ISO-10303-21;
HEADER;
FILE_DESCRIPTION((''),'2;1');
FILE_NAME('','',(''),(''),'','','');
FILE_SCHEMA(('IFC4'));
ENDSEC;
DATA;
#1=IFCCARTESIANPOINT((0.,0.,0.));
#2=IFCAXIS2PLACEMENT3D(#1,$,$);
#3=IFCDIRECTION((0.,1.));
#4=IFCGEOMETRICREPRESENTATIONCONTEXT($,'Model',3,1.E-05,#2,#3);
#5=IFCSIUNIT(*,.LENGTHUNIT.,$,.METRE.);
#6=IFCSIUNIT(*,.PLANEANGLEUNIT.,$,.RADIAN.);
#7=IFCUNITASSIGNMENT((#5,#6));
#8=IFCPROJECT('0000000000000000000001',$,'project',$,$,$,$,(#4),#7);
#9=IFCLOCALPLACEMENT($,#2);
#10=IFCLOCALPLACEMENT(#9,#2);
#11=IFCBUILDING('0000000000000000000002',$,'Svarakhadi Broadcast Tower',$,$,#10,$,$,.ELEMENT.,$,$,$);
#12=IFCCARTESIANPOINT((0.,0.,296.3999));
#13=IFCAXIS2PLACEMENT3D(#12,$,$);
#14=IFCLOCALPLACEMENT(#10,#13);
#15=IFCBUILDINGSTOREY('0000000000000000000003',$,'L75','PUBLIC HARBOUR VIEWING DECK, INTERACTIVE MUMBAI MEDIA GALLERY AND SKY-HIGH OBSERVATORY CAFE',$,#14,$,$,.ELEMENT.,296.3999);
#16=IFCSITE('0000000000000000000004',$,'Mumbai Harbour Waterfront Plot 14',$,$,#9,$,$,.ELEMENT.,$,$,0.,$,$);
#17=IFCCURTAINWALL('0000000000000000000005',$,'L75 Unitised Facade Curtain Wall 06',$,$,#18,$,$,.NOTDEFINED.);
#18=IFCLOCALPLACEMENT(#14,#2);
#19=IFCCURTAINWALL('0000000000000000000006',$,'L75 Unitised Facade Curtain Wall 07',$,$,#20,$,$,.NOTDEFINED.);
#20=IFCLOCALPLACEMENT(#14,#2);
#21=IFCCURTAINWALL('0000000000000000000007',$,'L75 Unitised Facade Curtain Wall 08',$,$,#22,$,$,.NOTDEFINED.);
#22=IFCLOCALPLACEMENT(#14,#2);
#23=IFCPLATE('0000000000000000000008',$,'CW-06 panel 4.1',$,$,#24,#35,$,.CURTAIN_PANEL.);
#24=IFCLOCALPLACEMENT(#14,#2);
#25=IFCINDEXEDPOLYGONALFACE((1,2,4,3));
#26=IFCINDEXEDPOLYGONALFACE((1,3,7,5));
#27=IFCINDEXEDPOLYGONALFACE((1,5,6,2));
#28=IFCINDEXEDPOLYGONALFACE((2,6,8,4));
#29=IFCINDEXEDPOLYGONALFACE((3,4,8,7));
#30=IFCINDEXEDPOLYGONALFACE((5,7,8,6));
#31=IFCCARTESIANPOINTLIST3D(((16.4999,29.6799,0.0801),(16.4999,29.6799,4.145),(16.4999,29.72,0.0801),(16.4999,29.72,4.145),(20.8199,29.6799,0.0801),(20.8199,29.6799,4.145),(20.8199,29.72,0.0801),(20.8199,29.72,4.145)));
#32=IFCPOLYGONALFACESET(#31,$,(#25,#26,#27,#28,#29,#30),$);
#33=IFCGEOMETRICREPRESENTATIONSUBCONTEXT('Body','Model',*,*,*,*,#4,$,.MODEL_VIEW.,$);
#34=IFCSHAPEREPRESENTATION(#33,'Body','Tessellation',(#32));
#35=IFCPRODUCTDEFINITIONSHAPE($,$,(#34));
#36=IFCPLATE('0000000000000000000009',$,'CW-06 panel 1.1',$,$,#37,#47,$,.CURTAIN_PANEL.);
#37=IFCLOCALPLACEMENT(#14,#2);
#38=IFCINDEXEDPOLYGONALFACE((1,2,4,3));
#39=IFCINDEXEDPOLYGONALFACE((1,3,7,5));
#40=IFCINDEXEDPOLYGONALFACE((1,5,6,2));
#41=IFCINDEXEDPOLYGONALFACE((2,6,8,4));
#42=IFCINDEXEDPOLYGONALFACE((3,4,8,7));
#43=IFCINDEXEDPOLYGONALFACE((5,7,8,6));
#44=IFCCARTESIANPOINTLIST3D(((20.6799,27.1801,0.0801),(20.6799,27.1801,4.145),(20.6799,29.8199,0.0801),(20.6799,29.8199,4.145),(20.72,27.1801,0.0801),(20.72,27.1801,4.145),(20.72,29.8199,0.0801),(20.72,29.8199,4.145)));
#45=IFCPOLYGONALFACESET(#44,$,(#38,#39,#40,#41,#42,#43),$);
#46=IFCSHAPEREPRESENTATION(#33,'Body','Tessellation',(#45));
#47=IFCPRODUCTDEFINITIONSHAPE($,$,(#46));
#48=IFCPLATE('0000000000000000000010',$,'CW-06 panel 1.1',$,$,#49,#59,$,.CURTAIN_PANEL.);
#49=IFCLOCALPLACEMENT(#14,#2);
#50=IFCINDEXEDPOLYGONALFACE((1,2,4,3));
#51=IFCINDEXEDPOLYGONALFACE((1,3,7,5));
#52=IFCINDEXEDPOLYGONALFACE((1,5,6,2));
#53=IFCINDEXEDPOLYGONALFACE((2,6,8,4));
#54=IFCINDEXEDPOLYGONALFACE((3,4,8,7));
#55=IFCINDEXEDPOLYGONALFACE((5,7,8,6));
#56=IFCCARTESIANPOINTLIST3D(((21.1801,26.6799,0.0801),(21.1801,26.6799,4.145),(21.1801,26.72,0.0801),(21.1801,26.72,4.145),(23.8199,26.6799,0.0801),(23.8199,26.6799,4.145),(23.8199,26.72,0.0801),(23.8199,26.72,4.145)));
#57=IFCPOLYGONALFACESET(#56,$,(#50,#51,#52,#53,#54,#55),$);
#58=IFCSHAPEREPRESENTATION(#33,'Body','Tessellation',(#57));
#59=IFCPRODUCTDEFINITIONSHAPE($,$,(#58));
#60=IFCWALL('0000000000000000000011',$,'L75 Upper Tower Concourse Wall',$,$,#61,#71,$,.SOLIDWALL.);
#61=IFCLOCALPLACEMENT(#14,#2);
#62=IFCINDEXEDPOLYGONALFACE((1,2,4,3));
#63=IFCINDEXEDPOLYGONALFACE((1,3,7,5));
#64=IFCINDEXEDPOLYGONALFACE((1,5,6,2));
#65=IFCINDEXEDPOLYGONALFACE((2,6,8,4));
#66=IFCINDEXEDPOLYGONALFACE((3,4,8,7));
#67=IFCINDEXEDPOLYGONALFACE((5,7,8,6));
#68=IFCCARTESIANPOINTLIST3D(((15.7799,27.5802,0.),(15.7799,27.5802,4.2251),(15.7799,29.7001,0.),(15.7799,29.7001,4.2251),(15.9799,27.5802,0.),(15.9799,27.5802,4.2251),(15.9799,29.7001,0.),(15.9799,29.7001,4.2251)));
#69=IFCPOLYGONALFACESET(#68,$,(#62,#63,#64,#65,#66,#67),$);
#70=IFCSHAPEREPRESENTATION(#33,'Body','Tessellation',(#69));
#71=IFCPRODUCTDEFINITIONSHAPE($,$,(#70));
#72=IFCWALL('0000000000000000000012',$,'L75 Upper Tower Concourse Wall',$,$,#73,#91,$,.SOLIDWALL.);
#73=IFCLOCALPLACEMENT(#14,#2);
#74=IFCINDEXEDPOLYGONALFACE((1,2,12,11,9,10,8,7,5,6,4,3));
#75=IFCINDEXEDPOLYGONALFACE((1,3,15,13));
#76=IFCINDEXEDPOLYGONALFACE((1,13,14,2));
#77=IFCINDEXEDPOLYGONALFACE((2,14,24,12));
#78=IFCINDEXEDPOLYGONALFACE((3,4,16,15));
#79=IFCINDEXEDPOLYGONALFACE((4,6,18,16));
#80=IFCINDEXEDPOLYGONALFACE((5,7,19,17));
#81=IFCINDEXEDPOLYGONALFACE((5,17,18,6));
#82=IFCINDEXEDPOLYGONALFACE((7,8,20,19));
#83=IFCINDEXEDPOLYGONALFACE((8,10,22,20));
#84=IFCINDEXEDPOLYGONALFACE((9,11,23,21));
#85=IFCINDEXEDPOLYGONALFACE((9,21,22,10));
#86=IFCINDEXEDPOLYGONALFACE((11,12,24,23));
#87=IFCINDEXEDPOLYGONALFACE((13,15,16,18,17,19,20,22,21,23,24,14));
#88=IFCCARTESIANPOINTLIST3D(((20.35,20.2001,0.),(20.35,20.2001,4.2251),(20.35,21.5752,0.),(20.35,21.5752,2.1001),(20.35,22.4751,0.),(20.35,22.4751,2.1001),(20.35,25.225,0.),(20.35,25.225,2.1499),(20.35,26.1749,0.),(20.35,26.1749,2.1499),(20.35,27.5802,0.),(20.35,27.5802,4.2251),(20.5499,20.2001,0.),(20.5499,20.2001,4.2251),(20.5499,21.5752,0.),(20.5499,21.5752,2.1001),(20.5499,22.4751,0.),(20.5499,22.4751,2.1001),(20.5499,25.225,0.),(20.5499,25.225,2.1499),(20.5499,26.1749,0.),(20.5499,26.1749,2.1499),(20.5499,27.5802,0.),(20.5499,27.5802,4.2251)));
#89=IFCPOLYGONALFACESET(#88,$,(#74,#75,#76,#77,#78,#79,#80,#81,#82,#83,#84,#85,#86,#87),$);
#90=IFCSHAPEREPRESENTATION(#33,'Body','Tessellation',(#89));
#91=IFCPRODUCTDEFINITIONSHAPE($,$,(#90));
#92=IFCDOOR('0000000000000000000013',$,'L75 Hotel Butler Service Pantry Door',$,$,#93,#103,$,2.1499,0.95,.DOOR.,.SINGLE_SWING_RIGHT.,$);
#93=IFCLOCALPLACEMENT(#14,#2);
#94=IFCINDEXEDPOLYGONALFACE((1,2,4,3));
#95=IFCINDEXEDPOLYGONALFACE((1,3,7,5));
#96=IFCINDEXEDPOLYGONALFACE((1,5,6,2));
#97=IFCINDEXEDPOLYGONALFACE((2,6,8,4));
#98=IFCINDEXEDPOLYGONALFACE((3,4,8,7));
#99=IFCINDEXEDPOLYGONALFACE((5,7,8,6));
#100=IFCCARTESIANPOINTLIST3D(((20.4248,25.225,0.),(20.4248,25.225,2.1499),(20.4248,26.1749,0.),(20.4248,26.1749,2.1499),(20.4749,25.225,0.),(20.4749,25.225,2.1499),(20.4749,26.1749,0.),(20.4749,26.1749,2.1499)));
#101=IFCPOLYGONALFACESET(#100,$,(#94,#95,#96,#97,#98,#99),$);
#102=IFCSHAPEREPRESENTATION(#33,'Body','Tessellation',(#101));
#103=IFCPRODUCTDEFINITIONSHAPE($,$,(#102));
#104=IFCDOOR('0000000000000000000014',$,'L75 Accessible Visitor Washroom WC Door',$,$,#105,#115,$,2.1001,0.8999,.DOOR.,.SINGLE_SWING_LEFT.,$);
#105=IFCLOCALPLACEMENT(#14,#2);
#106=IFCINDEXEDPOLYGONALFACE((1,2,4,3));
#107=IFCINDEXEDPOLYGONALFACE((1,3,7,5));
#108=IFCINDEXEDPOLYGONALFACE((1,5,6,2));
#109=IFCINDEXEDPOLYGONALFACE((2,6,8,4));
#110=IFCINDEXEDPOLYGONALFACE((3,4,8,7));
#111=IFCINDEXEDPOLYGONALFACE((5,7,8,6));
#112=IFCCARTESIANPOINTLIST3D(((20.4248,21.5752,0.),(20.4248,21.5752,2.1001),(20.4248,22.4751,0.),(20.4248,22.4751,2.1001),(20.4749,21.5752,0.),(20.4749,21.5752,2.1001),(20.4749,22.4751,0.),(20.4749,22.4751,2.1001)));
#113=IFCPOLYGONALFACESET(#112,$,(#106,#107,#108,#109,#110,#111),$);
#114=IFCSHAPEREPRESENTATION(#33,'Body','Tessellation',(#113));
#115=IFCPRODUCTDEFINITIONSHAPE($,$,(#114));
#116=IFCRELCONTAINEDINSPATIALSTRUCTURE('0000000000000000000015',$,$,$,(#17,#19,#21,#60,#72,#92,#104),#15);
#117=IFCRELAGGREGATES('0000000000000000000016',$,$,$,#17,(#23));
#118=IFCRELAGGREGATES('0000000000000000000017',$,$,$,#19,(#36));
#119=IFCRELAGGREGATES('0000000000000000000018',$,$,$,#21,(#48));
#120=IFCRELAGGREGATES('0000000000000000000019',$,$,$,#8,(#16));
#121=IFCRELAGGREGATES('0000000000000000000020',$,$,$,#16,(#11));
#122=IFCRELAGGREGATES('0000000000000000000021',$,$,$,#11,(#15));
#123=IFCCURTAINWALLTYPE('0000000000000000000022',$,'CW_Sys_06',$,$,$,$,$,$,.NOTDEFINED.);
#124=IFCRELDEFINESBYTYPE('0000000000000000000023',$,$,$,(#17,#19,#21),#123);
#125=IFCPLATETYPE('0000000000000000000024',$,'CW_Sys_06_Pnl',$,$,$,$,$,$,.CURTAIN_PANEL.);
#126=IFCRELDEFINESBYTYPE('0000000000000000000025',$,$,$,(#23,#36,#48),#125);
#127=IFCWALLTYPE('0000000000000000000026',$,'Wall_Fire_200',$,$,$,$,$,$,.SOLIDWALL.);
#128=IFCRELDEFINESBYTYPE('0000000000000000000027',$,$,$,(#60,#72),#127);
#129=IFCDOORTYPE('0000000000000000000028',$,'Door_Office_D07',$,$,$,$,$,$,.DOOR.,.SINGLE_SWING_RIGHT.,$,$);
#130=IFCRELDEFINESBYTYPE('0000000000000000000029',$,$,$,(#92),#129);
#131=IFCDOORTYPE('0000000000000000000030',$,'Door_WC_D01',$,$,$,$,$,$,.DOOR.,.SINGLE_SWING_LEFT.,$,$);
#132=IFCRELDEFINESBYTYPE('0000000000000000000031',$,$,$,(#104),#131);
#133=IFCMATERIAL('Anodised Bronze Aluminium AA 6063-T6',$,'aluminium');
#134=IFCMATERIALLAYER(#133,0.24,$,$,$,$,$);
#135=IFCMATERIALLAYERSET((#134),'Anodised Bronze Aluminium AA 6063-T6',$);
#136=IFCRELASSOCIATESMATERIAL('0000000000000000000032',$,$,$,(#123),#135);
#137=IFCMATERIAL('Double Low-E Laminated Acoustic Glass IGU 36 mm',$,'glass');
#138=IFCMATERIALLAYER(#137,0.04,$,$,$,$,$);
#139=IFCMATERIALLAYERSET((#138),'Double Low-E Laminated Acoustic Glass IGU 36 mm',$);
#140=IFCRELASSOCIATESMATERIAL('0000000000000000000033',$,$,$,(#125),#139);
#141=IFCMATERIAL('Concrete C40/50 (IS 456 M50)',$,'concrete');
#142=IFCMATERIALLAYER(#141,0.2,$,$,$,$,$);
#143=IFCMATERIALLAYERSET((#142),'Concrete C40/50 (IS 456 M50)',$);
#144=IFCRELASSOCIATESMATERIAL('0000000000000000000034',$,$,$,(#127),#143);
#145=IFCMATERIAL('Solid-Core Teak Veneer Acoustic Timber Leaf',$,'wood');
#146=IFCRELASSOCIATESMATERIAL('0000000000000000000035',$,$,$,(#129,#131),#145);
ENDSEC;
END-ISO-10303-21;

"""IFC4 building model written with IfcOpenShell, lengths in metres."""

from ifc_helpers import new_model, si_unit, direction, frame, frame_2d, origin, origin_2d, place, context, subcontext, project, spatial, rectangle, extrude, material, layer, layer_set, type_object, element, fill, aggregate, save


model = new_model("IFC4")

# Units and contexts
model_context = context("Model", 3, precision=1e-05, world=origin(), true_north=direction((0.0, 1.0)))
body_context = subcontext(model_context, "Body", "Model", "MODEL_VIEW")
ifc_project = project(units=[si_unit("LENGTHUNIT", "METRE"), si_unit("PLANEANGLEUNIT", "RADIAN")], contexts=[model_context])

# Site, building, storey
site_placement = place(None, origin())
site = spatial("IfcSite", under=ifc_project, at=site_placement, Name="Mumbai Harbour Waterfront Plot 14", CompositionType="ELEMENT", RefElevation=0.0)
building_placement = place(site_placement, origin())
building = spatial("IfcBuilding", under=site, at=building_placement, Name="Svarakhadi Broadcast Tower", CompositionType="ELEMENT")
storey_placement = place(building_placement, frame((0.0, 0.0, 296.3999)))
storey = spatial("IfcBuildingStorey", under=building, at=storey_placement, Name="L75", Description="PUBLIC HARBOUR VIEWING DECK, INTERACTIVE MUMBAI MEDIA GALLERY AND SKY-HIGH OBSERVATORY CAFE", CompositionType="ELEMENT", Elevation=296.3999)

# Curtain walls
ifc_material_1 = material(Name="Anodised Bronze Aluminium AA 6063-T6", Category="aluminium")
ifc_layer_1 = layer(ifc_material_1, 0.24)
ifc_layer_set_1 = layer_set([ifc_layer_1], Name="Anodised Bronze Aluminium AA 6063-T6")
curtain_wall_type = type_object("IfcCurtainWallType", Name="CW_Sys_06", PredefinedType="NOTDEFINED", material=ifc_layer_set_1)
curtain_wall_1_placement = place(storey_placement, origin())
curtain_wall_1 = element("IfcCurtainWall", 1, at=curtain_wall_1_placement, inside=storey, type_object=curtain_wall_type, Name="L75 Unitised Facade Curtain Wall 06", PredefinedType="NOTDEFINED")
curtain_wall_2_placement = place(storey_placement, origin())
curtain_wall_2 = element("IfcCurtainWall", 2, at=curtain_wall_2_placement, inside=storey, type_object=curtain_wall_type, Name="L75 Unitised Facade Curtain Wall 07", PredefinedType="NOTDEFINED")

# Curtain wall
curtain_wall_3_placement = place(storey_placement, origin())
curtain_wall_3 = element("IfcCurtainWall", 3, at=curtain_wall_3_placement, inside=storey, type_object=curtain_wall_type, Name="L75 Unitised Facade Curtain Wall 08", PredefinedType="NOTDEFINED")

# Plates
ifc_material_2 = material(Name="Double Low-E Laminated Acoustic Glass IGU 36 mm", Category="glass")
ifc_layer_2 = layer(ifc_material_2, 0.04)
ifc_layer_set_2 = layer_set([ifc_layer_2], Name="Double Low-E Laminated Acoustic Glass IGU 36 mm")
plate_type = type_object("IfcPlateType", Name="CW_Sys_06_Pnl", PredefinedType="CURTAIN_PANEL", material=ifc_layer_set_2)
plate_1_placement = place(storey_placement, frame((18.6599, 29.7, 0.0801), z_axis=(0.0, 0.0, 1.0), x_axis=(1.0, 0.0, 0.0)))
plate_1 = element("IfcPlate", 4, at=plate_1_placement, type_object=plate_type, Name="CW-06 panel 4.1", PredefinedType="CURTAIN_PANEL", context=body_context, shape_type="SweptSolid", body=[
    extrude(rectangle(XDim=4.3201, YDim=0.04, at=origin_2d()), origin(), (0.0, 0.0, 1.0), 4.0649),
])
aggregate(curtain_wall_1, [plate_1])
plate_2_placement = place(storey_placement, frame((20.7, 28.5, 0.0801), z_axis=(0.0, 0.0, 1.0), x_axis=(0.0, -1.0, 0.0)))
plate_2 = element("IfcPlate", 5, at=plate_2_placement, type_object=plate_type, Name="CW-06 panel 1.1", PredefinedType="CURTAIN_PANEL", context=body_context, shape_type="SweptSolid", body=[
    extrude(rectangle(XDim=2.6399, YDim=0.04, at=origin_2d()), origin(), (0.0, 0.0, 1.0), 4.0649),
])
aggregate(curtain_wall_2, [plate_2])
plate_3_placement = place(storey_placement, frame((22.5, 26.7, 0.0801), z_axis=(0.0, 0.0, 1.0), x_axis=(1.0, 0.0, 0.0)))
plate_3 = element("IfcPlate", 6, at=plate_3_placement, type_object=plate_type, Name="CW-06 panel 1.1", PredefinedType="CURTAIN_PANEL", context=body_context, shape_type="SweptSolid", body=[
    extrude(rectangle(XDim=2.6399, YDim=0.04, at=origin_2d()), origin(), (0.0, 0.0, 1.0), 4.0649),
])
aggregate(curtain_wall_3, [plate_3])

# Wall
ifc_material_3 = material(Name="Concrete C40/50 (IS 456 M50)", Category="concrete")
ifc_layer_3 = layer(ifc_material_3, 0.2)
ifc_layer_set_3 = layer_set([ifc_layer_3], Name="Concrete C40/50 (IS 456 M50)")
wall_type = type_object("IfcWallType", Name="Wall_Fire_200", PredefinedType="SOLIDWALL", material=ifc_layer_set_3)
wall_1_placement = place(storey_placement, frame((15.8799, 27.5801, 0.0), z_axis=(0.0, 0.0, 1.0), x_axis=(0.0, 1.0, 0.0)))
element("IfcWall", 7, at=wall_1_placement, inside=storey, type_object=wall_type, Name="L75 Upper Tower Concourse Wall", PredefinedType="SOLIDWALL", context=body_context, shape_type="SweptSolid", body=[
    extrude(rectangle(XDim=2.1199, YDim=0.2, at=frame_2d((1.0601, 0.0))), origin(), (0.0, 0.0, 1.0), 4.2251),
])

# Wall, openings, doors
wall_2_placement = place(storey_placement, frame((20.45, 27.5801, 0.0), z_axis=(0.0, 0.0, 1.0), x_axis=(0.0, -1.0, 0.0)))
wall_2 = element("IfcWall", 8, at=wall_2_placement, inside=storey, type_object=wall_type, Name="L75 Upper Tower Concourse Wall", PredefinedType="SOLIDWALL", context=body_context, shape_type="SweptSolid", body=[
    extrude(rectangle(XDim=7.3801, YDim=0.2, at=frame_2d((3.6899, 0.0))), origin(), (0.0, 0.0, 1.0), 4.2251),
])
opening_1_placement = place(wall_2_placement, frame((5.105, 0.0, 0.0)))
opening_1 = element("IfcOpeningElement", 9, at=opening_1_placement, cuts=wall_2, PredefinedType="OPENING", context=body_context, shape_type="SweptSolid", body=[
    extrude(rectangle(XDim=0.8999, YDim=2.1001, at=frame_2d((0.45, 1.05))), frame((0.0, 0.1099, 0.0), z_axis=(0.0, -1.0, 0.0), x_axis=(1.0, 0.0, 0.0)), (0.0, 0.0, 1.0), 0.22),
])
opening_2_placement = place(wall_2_placement, frame((1.405, 0.0, 0.0)))
opening_2 = element("IfcOpeningElement", 10, at=opening_2_placement, cuts=wall_2, PredefinedType="OPENING", context=body_context, shape_type="SweptSolid", body=[
    extrude(rectangle(XDim=0.95, YDim=2.1499, at=frame_2d((0.4751, 1.075))), frame((0.0, 0.1099, 0.0), z_axis=(0.0, -1.0, 0.0), x_axis=(1.0, 0.0, 0.0)), (0.0, 0.0, 1.0), 0.22),
])
ifc_material_4 = material(Name="Solid-Core Teak Veneer Acoustic Timber Leaf", Category="wood")
door_type_1 = type_object("IfcDoorType", Name="Door_Office_D07", OperationType="SINGLE_SWING_RIGHT", PredefinedType="DOOR", material=ifc_material_4)
door_1_placement = place(opening_2_placement, origin())
door_1 = element("IfcDoor", 11, at=door_1_placement, inside=storey, type_object=door_type_1, Name="L75 Hotel Butler Service Pantry Door", OperationType="SINGLE_SWING_RIGHT", OverallHeight=2.1499, OverallWidth=0.95, PredefinedType="DOOR", context=body_context, shape_type="SweptSolid", body=[
    extrude(rectangle(XDim=0.95, YDim=2.1499, at=frame_2d((0.4751, 1.075))), frame((0.0, 0.0249, 0.0), z_axis=(0.0, -1.0, 0.0), x_axis=(1.0, 0.0, 0.0)), (0.0, 0.0, 1.0), 0.05),
])
fill(opening_2, door_1)
door_type_2 = type_object("IfcDoorType", Name="Door_WC_D01", OperationType="SINGLE_SWING_LEFT", PredefinedType="DOOR", material=ifc_material_4)
door_2_placement = place(opening_1_placement, origin())
door_2 = element("IfcDoor", 12, at=door_2_placement, inside=storey, type_object=door_type_2, Name="L75 Accessible Visitor Washroom WC Door", OperationType="SINGLE_SWING_LEFT", OverallHeight=2.1001, OverallWidth=0.8999, PredefinedType="DOOR", context=body_context, shape_type="SweptSolid", body=[
    extrude(rectangle(XDim=0.8999, YDim=2.1001, at=frame_2d((0.45, 1.05))), frame((0.0, 0.0249, 0.0), z_axis=(0.0, -1.0, 0.0), x_axis=(1.0, 0.0, 0.0)), (0.0, 0.0, 1.0), 0.05),
])
fill(opening_1, door_2)

save(model, "model.ifc")
